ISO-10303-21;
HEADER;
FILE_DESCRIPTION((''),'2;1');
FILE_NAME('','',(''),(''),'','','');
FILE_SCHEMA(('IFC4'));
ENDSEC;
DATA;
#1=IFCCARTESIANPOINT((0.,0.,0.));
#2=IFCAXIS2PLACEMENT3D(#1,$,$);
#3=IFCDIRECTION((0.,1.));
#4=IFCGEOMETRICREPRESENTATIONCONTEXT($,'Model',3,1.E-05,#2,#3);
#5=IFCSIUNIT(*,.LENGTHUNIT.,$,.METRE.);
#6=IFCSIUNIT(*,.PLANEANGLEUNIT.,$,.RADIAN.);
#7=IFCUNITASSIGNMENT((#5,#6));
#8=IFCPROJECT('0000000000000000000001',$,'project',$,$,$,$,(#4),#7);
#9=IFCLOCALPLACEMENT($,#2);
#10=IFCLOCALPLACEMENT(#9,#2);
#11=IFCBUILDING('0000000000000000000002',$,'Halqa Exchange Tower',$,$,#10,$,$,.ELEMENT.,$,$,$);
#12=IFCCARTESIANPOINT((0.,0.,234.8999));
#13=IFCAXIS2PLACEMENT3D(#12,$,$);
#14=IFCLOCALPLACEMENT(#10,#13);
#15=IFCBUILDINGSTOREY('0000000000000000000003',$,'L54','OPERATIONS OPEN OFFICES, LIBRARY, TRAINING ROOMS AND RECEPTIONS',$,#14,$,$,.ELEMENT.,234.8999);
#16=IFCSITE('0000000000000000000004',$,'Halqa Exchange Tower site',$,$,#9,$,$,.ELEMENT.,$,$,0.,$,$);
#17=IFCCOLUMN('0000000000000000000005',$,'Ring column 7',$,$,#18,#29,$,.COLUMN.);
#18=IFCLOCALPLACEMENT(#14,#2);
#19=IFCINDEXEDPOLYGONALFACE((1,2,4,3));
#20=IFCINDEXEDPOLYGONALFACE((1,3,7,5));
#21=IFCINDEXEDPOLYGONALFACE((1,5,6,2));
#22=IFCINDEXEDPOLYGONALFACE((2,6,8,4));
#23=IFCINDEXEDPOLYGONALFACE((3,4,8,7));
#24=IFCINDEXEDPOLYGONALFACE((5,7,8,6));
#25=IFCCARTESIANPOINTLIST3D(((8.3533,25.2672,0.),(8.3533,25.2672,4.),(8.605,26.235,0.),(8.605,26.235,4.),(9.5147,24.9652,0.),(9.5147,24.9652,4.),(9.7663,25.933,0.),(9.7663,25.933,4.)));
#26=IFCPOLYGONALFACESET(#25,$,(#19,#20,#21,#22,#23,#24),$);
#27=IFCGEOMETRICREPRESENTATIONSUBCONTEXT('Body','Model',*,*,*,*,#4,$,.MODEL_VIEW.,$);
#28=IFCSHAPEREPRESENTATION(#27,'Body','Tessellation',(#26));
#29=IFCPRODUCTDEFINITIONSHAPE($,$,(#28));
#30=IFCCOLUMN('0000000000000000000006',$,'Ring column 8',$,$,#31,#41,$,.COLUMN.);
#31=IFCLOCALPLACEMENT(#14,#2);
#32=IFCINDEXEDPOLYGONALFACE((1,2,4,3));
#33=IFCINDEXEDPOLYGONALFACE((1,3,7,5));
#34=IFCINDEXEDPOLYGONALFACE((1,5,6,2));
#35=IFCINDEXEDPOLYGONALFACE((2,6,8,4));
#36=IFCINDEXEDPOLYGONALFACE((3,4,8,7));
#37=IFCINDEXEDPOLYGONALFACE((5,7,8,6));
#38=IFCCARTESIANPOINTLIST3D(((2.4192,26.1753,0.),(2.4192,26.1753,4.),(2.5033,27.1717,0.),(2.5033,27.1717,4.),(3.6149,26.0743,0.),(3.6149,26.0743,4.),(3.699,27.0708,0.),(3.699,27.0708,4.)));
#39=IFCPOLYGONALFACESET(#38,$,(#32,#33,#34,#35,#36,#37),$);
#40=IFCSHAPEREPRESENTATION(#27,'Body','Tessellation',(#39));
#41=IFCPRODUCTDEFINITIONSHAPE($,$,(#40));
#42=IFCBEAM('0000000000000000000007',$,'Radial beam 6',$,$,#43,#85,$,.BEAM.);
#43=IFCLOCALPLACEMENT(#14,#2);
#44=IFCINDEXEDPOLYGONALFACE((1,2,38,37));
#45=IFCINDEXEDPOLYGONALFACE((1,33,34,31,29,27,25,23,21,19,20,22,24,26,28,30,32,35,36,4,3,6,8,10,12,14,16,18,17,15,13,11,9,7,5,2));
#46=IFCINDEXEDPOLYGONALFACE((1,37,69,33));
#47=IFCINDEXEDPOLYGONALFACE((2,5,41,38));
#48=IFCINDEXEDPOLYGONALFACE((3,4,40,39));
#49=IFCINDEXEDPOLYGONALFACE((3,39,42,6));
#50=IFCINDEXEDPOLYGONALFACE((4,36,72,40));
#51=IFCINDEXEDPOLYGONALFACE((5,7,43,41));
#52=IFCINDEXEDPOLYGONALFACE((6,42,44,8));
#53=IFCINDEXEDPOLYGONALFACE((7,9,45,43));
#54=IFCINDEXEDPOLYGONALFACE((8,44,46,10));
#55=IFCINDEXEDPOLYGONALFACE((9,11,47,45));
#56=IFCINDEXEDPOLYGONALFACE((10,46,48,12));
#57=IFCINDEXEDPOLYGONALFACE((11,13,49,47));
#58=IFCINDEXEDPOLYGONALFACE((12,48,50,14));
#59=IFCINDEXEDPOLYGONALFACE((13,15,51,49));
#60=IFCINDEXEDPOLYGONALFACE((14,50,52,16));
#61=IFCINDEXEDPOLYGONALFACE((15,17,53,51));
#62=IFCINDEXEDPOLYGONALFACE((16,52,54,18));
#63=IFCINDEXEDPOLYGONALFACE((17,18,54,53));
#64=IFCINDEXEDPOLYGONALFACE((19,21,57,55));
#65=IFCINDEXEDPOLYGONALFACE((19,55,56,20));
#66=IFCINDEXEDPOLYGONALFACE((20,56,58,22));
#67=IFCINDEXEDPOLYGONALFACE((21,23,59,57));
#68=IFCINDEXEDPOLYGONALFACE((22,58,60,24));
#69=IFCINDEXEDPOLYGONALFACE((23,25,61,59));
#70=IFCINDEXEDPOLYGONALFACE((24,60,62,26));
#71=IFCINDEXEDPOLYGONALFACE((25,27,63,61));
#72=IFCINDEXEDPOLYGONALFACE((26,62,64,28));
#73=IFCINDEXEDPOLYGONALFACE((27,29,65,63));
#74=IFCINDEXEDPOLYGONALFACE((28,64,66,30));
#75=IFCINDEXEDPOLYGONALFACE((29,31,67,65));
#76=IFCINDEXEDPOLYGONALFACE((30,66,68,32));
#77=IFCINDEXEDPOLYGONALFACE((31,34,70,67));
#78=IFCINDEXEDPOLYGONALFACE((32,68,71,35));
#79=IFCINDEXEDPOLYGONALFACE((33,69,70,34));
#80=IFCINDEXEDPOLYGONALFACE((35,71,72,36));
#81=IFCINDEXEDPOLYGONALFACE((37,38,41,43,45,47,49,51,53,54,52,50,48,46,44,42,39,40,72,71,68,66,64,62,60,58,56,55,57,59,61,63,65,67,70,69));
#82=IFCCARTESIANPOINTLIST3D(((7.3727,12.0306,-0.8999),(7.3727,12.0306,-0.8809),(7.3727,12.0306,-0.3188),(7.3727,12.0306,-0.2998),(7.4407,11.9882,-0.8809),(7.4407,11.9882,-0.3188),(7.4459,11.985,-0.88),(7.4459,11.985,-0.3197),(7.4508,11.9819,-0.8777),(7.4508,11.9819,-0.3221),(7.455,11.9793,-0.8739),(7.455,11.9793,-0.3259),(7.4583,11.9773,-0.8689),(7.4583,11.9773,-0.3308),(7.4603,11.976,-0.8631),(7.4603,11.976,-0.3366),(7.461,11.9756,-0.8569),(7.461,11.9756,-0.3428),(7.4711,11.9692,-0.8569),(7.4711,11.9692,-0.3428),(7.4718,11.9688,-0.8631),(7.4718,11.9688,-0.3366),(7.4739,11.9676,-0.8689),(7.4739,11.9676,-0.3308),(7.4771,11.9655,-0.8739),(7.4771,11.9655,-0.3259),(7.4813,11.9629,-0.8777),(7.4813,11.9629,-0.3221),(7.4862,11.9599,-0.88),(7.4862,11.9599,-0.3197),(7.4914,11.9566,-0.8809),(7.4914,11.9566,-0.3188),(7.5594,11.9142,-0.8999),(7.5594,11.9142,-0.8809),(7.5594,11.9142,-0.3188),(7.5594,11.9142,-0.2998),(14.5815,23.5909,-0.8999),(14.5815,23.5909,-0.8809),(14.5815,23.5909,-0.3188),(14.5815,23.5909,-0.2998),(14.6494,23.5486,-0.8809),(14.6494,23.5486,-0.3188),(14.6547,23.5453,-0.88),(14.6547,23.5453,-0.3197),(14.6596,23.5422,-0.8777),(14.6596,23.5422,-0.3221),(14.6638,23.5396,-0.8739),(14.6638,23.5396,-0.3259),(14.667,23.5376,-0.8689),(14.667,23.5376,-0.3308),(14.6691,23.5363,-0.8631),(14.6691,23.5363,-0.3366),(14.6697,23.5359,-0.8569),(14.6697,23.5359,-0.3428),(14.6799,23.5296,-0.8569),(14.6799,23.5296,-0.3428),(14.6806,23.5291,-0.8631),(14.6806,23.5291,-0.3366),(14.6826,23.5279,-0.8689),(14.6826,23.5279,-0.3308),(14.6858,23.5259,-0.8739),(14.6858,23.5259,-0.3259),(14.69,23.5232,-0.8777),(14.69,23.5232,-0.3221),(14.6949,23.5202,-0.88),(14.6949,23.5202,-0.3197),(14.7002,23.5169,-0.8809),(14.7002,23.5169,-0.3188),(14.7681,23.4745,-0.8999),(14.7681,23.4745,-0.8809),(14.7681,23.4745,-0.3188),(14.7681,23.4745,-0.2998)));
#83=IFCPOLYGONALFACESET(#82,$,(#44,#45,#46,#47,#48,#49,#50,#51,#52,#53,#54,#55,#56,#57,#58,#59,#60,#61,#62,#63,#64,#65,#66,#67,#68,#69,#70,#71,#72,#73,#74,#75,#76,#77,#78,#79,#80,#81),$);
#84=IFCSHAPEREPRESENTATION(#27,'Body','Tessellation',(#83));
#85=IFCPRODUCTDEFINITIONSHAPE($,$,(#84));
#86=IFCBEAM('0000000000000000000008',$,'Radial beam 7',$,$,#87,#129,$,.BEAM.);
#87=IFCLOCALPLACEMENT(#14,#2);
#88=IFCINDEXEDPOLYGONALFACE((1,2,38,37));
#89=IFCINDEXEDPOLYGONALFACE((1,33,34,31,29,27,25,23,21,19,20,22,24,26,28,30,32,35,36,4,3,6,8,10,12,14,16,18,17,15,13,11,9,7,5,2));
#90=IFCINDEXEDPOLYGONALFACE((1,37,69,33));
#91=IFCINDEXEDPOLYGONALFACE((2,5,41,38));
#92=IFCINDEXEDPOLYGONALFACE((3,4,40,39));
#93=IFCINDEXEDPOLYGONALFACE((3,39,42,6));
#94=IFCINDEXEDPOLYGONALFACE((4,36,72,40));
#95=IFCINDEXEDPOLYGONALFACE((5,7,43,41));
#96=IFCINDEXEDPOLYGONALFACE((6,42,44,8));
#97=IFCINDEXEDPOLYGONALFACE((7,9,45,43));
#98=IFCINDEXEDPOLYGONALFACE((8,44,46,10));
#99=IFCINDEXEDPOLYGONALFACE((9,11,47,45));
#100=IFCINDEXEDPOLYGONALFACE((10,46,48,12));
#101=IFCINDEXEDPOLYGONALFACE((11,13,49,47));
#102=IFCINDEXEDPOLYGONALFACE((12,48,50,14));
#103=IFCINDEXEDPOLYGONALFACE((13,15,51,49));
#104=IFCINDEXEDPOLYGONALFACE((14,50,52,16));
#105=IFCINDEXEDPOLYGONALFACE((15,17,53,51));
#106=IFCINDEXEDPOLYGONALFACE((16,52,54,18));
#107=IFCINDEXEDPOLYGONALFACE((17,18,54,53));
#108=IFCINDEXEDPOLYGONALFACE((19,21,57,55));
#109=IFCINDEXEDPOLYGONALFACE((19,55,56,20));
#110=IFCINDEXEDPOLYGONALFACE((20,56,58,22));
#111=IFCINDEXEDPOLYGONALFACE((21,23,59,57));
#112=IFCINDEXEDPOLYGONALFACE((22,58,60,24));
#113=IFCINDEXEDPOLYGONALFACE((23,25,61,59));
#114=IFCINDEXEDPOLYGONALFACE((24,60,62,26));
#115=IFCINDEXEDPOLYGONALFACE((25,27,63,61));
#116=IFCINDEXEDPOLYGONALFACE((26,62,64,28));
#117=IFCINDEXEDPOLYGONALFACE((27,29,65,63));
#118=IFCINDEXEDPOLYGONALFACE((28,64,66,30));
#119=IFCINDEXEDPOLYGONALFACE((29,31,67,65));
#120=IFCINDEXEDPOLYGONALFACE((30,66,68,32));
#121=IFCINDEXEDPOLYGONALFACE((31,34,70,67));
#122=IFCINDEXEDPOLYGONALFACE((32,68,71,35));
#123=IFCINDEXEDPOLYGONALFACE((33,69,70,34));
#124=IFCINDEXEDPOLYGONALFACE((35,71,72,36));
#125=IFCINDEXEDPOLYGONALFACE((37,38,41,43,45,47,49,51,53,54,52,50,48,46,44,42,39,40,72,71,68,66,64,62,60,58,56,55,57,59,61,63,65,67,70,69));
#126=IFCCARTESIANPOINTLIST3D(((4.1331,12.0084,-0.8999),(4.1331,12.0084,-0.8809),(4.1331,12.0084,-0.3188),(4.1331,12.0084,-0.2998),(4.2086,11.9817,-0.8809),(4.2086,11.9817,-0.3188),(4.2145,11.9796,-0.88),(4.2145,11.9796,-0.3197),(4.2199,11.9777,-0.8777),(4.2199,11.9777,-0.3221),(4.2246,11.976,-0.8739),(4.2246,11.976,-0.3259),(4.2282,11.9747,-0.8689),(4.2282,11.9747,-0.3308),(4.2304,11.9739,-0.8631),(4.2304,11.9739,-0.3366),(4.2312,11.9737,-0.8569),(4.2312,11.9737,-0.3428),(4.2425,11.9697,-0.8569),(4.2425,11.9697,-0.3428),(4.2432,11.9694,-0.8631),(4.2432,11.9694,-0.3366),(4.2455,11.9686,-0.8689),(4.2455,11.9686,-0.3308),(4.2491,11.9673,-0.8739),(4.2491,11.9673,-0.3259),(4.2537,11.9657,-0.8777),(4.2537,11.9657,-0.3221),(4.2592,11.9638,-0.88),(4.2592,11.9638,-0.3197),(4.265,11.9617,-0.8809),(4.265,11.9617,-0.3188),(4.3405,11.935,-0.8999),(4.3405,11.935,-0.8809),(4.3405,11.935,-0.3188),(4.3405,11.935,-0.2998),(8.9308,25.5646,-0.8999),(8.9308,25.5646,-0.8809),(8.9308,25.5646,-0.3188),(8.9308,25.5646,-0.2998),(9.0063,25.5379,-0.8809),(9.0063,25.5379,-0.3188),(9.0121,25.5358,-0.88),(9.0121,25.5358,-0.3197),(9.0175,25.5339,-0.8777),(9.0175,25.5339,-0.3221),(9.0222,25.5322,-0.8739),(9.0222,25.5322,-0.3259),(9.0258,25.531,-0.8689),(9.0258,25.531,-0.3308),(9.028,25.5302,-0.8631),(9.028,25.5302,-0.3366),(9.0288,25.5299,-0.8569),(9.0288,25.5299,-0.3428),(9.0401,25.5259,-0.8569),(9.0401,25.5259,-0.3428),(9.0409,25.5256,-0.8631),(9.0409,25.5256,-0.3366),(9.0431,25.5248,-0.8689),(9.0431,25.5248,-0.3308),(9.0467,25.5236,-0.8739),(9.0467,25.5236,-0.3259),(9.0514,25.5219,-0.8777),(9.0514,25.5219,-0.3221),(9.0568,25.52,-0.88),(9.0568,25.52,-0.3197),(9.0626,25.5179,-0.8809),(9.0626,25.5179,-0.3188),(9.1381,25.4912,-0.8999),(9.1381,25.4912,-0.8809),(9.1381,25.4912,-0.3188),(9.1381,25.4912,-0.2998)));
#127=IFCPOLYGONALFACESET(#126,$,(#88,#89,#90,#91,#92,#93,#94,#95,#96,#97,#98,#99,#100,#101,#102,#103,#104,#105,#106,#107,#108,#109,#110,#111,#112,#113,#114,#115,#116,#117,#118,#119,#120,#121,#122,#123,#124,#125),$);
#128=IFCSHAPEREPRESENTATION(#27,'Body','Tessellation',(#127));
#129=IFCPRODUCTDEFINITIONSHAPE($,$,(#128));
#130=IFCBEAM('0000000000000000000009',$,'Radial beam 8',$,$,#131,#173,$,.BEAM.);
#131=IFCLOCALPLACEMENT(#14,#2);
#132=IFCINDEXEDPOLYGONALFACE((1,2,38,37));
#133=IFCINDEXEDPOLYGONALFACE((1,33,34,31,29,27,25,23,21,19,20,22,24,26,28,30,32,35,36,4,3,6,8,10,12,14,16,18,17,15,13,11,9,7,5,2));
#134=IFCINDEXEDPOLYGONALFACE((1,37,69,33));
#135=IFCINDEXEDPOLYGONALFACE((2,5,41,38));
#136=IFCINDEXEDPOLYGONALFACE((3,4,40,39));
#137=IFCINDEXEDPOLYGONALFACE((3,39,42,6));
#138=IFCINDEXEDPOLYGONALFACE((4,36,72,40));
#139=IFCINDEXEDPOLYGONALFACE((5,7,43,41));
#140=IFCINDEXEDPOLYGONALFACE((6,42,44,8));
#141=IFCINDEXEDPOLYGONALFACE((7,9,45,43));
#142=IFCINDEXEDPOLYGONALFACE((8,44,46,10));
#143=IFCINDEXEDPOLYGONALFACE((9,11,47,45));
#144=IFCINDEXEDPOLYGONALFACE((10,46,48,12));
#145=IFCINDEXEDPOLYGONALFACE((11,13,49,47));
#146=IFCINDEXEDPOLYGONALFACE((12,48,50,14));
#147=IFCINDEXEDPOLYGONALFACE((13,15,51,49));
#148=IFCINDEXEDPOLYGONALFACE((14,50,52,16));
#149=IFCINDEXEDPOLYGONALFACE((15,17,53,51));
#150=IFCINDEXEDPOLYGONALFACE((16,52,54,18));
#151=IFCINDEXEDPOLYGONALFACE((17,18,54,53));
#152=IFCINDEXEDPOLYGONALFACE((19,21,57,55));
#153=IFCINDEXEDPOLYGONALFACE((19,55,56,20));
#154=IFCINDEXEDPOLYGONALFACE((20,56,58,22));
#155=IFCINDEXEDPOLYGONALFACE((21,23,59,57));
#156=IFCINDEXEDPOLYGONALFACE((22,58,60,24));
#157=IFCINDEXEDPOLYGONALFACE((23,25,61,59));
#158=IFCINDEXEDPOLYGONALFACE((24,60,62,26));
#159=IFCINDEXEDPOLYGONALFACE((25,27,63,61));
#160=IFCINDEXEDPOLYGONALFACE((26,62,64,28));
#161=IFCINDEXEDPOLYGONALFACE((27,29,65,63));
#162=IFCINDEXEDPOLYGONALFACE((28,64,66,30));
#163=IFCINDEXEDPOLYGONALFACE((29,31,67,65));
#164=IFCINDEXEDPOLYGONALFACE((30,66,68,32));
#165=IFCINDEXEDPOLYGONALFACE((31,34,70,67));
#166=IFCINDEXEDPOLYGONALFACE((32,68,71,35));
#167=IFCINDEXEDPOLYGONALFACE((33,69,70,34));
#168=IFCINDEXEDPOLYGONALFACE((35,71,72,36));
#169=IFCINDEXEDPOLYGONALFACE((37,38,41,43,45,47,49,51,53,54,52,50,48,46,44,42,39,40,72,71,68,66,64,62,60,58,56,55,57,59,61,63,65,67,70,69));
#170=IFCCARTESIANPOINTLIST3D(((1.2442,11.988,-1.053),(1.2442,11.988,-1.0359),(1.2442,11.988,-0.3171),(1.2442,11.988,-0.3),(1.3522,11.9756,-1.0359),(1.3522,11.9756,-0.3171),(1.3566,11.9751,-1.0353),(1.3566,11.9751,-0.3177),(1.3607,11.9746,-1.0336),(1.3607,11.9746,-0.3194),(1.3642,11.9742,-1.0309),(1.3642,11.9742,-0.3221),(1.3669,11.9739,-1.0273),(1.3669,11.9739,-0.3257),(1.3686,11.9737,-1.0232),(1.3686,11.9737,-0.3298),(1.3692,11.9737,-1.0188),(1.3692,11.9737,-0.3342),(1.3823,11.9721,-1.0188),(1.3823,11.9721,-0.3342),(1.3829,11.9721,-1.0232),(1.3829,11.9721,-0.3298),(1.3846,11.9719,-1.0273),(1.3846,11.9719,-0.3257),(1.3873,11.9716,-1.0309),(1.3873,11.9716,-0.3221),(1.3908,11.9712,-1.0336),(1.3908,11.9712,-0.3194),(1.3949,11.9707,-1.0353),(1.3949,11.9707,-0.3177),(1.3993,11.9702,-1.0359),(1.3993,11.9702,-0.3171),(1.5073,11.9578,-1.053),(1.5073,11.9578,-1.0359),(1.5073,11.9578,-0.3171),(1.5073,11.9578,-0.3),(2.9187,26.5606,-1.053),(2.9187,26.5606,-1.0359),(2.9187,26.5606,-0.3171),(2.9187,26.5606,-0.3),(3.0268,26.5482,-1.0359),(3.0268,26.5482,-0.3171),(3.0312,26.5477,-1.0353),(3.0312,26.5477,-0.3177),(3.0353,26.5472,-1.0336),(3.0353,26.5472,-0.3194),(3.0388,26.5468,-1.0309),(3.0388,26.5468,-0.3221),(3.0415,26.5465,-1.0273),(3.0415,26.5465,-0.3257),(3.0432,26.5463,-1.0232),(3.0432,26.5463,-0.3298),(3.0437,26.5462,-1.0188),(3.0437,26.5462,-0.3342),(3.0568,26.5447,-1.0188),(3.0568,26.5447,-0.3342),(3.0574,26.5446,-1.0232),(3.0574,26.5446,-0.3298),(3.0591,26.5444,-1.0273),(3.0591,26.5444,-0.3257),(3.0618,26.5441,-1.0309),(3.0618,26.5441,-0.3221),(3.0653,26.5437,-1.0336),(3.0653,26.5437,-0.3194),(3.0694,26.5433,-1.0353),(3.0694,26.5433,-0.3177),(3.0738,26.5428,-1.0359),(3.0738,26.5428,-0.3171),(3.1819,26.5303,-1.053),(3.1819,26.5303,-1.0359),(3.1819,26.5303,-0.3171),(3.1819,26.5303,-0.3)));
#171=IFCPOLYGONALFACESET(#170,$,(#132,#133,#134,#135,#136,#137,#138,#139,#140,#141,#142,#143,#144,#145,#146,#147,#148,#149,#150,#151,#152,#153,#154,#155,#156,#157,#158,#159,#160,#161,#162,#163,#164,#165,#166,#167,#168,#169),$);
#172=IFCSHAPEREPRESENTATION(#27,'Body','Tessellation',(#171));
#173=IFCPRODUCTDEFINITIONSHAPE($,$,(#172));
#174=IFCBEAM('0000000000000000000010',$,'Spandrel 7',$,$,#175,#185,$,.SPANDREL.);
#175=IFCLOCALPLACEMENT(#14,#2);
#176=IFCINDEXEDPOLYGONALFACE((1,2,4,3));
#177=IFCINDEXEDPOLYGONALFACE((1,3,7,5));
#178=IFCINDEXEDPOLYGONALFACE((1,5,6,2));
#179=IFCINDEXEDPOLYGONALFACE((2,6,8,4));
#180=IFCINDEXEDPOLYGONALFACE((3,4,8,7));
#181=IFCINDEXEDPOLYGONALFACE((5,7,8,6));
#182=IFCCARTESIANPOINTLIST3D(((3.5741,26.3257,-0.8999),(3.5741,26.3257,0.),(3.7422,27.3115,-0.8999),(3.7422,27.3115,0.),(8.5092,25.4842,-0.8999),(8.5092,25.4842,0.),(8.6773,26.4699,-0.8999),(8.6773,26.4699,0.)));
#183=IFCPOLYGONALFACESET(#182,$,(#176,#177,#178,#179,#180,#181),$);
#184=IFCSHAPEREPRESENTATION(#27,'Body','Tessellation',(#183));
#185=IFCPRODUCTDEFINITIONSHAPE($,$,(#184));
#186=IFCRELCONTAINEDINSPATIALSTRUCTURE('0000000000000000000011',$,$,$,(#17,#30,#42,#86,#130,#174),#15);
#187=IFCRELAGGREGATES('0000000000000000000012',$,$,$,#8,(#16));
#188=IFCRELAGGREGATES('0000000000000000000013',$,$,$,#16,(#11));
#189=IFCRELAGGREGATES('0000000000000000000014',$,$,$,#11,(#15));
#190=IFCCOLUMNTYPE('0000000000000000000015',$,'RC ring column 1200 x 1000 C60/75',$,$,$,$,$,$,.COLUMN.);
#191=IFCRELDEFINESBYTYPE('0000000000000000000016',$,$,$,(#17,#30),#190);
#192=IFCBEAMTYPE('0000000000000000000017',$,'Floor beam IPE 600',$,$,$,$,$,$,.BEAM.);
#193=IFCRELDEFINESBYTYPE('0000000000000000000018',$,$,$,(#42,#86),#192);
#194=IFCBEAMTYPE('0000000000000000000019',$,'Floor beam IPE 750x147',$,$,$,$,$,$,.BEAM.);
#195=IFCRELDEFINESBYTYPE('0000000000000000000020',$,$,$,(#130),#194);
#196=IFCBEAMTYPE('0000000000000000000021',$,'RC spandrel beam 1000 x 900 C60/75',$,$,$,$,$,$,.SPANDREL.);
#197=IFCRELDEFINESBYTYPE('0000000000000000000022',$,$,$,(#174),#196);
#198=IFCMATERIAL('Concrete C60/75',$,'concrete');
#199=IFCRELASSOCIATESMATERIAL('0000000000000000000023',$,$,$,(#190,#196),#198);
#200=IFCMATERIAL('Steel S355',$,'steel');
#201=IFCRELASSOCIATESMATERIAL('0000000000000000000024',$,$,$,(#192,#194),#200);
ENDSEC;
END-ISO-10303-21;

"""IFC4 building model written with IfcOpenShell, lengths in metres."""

from ifc_helpers import new_model, si_unit, direction, frame, origin, origin_2d, place, context, subcontext, project, spatial, rectangle, i_section, extrude, material, material_profile, profile_set, type_object, element, save


model = new_model("IFC4")

# Units and contexts
model_context = context("Model", 3, precision=1e-05, world=origin(), true_north=direction((0.0, 1.0)))
body_context = subcontext(model_context, "Body", "Model", "MODEL_VIEW")
ifc_project = project(units=[si_unit("LENGTHUNIT", "METRE"), si_unit("PLANEANGLEUNIT", "RADIAN")], contexts=[model_context])

# Site, building, storey
site_placement = place(None, origin())
site = spatial("IfcSite", under=ifc_project, at=site_placement, Name="Halqa Exchange Tower site", CompositionType="ELEMENT", RefElevation=0.0)
building_placement = place(site_placement, origin())
building = spatial("IfcBuilding", under=site, at=building_placement, Name="Halqa Exchange Tower", CompositionType="ELEMENT")
storey_placement = place(building_placement, frame((0.0, 0.0, 234.8999)))
storey = spatial("IfcBuildingStorey", under=building, at=storey_placement, Name="L54", Description="OPERATIONS OPEN OFFICES, LIBRARY, TRAINING ROOMS AND RECEPTIONS", CompositionType="ELEMENT", Elevation=234.8999)

# Columns
ifc_material_1 = material(Name="Concrete C60/75", Category="concrete")
ifc_material_profile_1 = material_profile(ifc_material_1, rectangle(XDim=1.2, YDim=1.0, at=origin_2d()), Name="1200 x 1000")
ifc_profile_set_1 = profile_set([ifc_material_profile_1], Name="Concrete C60/75")
column_type = type_object("IfcColumnType", Name="RC ring column 1200 x 1000 C60/75", PredefinedType="COLUMN", material=ifc_profile_set_1)
for number, where, z_axis, x_axis, name in (
    (1, (9.0598, 25.6001, 0.0), (0.0, 0.0, 1.0), (-0.96782, 0.251645, 0.0), "Ring column 7"),
    (2, (3.0591, 26.623, 0.0), (0.0, 0.0, 1.0), (-0.996456, 0.084121, 0.0), "Ring column 8"),
):
    element("IfcColumn", number, at=place(storey_placement, frame(where, z_axis=z_axis, x_axis=x_axis)), inside=storey, type_object=column_type, Name=name, PredefinedType="COLUMN", context=body_context, shape_type="SweptSolid", body=[
        extrude(rectangle(XDim=1.2, YDim=1.0, at=origin_2d()), origin(), (0.0, 0.0, 1.0), 4.0),
    ])

# Beams
ifc_material_2 = material(Name="Steel S355", Category="steel")
ifc_material_profile_2 = material_profile(ifc_material_2, i_section(OverallWidth=0.22, OverallDepth=0.6001, WebThickness=0.012, FlangeThickness=0.019, FilletRadius=0.0239, at=origin_2d()), Name="IPE 600")
ifc_profile_set_2 = profile_set([ifc_material_profile_2], Name="Steel S355")
beam_type_1 = type_object("IfcBeamType", Name="Floor beam IPE 600", PredefinedType="BEAM", material=ifc_profile_set_2)
beam_1_placement = place(storey_placement, frame((7.4661, 11.9724, -0.5999), z_axis=(0.52913, 0.848541, 0.0), x_axis=(-0.848541, 0.52913, 0.0)))
element("IfcBeam", 3, at=beam_1_placement, inside=storey, type_object=beam_type_1, Name="Radial beam 6", PredefinedType="BEAM", context=body_context, shape_type="SweptSolid", body=[
    extrude(i_section(OverallWidth=0.22, OverallDepth=0.6001, WebThickness=0.012, FlangeThickness=0.019, FilletRadius=0.0239, at=origin_2d()), origin(), (0.0, 0.0, 1.0), 13.6238),
])
beam_2_placement = place(storey_placement, frame((4.2368, 11.9717, -0.5999), z_axis=(0.333629, 0.942704, 0.0), x_axis=(-0.942704, 0.333629, 0.0)))
element("IfcBeam", 4, at=beam_2_placement, inside=storey, type_object=beam_type_1, Name="Radial beam 7", PredefinedType="BEAM", context=body_context, shape_type="SweptSolid", body=[
    extrude(i_section(OverallWidth=0.22, OverallDepth=0.6001, WebThickness=0.012, FlangeThickness=0.019, FilletRadius=0.0239, at=origin_2d()), origin(), (0.0, 0.0, 1.0), 14.3801),
])
ifc_material_profile_3 = material_profile(ifc_material_2, i_section(OverallWidth=0.2649, OverallDepth=0.7529, WebThickness=0.0132, FlangeThickness=0.0171, FilletRadius=0.0171, at=origin_2d()), Name="IPE 750x147")
ifc_profile_set_3 = profile_set([ifc_material_profile_3], Name="Steel S355")
beam_type_2 = type_object("IfcBeamType", Name="Floor beam IPE 750x147", PredefinedType="BEAM", material=ifc_profile_set_3)
beam_3_placement = place(storey_placement, frame((1.3757, 11.9729, -0.6765), z_axis=(0.114161, 0.993462, 0.0), x_axis=(-0.993462, 0.114161, 0.0)))
element("IfcBeam", 5, at=beam_3_placement, inside=storey, type_object=beam_type_2, Name="Radial beam 8", PredefinedType="BEAM", context=body_context, shape_type="SweptSolid", body=[
    extrude(i_section(OverallWidth=0.2649, OverallDepth=0.7529, WebThickness=0.0132, FlangeThickness=0.0171, FilletRadius=0.0171, at=origin_2d()), origin(), (0.0, 0.0, 1.0), 14.6685),
])
ifc_material_profile_4 = material_profile(ifc_material_1, rectangle(XDim=1.0, YDim=0.8999, at=origin_2d()), Name="1000 x 900")
ifc_profile_set_4 = profile_set([ifc_material_profile_4], Name="Concrete C60/75")
beam_type_3 = type_object("IfcBeamType", Name="RC spandrel beam 1000 x 900 C60/75", PredefinedType="SPANDREL", material=ifc_profile_set_4)
beam_4_placement = place(storey_placement, frame((8.5933, 25.9771, -0.45), z_axis=(-0.98577, 0.168099, 0.0), x_axis=(-0.168099, -0.98577, 0.0)))
element("IfcBeam", 6, at=beam_4_placement, inside=storey, type_object=beam_type_3, Name="Spandrel 7", PredefinedType="SPANDREL", context=body_context, shape_type="SweptSolid", body=[
    extrude(rectangle(XDim=1.0, YDim=0.8999, at=origin_2d()), origin(), (0.0, 0.0, 1.0), 5.0063),
])

save(model, "model.ifc")
